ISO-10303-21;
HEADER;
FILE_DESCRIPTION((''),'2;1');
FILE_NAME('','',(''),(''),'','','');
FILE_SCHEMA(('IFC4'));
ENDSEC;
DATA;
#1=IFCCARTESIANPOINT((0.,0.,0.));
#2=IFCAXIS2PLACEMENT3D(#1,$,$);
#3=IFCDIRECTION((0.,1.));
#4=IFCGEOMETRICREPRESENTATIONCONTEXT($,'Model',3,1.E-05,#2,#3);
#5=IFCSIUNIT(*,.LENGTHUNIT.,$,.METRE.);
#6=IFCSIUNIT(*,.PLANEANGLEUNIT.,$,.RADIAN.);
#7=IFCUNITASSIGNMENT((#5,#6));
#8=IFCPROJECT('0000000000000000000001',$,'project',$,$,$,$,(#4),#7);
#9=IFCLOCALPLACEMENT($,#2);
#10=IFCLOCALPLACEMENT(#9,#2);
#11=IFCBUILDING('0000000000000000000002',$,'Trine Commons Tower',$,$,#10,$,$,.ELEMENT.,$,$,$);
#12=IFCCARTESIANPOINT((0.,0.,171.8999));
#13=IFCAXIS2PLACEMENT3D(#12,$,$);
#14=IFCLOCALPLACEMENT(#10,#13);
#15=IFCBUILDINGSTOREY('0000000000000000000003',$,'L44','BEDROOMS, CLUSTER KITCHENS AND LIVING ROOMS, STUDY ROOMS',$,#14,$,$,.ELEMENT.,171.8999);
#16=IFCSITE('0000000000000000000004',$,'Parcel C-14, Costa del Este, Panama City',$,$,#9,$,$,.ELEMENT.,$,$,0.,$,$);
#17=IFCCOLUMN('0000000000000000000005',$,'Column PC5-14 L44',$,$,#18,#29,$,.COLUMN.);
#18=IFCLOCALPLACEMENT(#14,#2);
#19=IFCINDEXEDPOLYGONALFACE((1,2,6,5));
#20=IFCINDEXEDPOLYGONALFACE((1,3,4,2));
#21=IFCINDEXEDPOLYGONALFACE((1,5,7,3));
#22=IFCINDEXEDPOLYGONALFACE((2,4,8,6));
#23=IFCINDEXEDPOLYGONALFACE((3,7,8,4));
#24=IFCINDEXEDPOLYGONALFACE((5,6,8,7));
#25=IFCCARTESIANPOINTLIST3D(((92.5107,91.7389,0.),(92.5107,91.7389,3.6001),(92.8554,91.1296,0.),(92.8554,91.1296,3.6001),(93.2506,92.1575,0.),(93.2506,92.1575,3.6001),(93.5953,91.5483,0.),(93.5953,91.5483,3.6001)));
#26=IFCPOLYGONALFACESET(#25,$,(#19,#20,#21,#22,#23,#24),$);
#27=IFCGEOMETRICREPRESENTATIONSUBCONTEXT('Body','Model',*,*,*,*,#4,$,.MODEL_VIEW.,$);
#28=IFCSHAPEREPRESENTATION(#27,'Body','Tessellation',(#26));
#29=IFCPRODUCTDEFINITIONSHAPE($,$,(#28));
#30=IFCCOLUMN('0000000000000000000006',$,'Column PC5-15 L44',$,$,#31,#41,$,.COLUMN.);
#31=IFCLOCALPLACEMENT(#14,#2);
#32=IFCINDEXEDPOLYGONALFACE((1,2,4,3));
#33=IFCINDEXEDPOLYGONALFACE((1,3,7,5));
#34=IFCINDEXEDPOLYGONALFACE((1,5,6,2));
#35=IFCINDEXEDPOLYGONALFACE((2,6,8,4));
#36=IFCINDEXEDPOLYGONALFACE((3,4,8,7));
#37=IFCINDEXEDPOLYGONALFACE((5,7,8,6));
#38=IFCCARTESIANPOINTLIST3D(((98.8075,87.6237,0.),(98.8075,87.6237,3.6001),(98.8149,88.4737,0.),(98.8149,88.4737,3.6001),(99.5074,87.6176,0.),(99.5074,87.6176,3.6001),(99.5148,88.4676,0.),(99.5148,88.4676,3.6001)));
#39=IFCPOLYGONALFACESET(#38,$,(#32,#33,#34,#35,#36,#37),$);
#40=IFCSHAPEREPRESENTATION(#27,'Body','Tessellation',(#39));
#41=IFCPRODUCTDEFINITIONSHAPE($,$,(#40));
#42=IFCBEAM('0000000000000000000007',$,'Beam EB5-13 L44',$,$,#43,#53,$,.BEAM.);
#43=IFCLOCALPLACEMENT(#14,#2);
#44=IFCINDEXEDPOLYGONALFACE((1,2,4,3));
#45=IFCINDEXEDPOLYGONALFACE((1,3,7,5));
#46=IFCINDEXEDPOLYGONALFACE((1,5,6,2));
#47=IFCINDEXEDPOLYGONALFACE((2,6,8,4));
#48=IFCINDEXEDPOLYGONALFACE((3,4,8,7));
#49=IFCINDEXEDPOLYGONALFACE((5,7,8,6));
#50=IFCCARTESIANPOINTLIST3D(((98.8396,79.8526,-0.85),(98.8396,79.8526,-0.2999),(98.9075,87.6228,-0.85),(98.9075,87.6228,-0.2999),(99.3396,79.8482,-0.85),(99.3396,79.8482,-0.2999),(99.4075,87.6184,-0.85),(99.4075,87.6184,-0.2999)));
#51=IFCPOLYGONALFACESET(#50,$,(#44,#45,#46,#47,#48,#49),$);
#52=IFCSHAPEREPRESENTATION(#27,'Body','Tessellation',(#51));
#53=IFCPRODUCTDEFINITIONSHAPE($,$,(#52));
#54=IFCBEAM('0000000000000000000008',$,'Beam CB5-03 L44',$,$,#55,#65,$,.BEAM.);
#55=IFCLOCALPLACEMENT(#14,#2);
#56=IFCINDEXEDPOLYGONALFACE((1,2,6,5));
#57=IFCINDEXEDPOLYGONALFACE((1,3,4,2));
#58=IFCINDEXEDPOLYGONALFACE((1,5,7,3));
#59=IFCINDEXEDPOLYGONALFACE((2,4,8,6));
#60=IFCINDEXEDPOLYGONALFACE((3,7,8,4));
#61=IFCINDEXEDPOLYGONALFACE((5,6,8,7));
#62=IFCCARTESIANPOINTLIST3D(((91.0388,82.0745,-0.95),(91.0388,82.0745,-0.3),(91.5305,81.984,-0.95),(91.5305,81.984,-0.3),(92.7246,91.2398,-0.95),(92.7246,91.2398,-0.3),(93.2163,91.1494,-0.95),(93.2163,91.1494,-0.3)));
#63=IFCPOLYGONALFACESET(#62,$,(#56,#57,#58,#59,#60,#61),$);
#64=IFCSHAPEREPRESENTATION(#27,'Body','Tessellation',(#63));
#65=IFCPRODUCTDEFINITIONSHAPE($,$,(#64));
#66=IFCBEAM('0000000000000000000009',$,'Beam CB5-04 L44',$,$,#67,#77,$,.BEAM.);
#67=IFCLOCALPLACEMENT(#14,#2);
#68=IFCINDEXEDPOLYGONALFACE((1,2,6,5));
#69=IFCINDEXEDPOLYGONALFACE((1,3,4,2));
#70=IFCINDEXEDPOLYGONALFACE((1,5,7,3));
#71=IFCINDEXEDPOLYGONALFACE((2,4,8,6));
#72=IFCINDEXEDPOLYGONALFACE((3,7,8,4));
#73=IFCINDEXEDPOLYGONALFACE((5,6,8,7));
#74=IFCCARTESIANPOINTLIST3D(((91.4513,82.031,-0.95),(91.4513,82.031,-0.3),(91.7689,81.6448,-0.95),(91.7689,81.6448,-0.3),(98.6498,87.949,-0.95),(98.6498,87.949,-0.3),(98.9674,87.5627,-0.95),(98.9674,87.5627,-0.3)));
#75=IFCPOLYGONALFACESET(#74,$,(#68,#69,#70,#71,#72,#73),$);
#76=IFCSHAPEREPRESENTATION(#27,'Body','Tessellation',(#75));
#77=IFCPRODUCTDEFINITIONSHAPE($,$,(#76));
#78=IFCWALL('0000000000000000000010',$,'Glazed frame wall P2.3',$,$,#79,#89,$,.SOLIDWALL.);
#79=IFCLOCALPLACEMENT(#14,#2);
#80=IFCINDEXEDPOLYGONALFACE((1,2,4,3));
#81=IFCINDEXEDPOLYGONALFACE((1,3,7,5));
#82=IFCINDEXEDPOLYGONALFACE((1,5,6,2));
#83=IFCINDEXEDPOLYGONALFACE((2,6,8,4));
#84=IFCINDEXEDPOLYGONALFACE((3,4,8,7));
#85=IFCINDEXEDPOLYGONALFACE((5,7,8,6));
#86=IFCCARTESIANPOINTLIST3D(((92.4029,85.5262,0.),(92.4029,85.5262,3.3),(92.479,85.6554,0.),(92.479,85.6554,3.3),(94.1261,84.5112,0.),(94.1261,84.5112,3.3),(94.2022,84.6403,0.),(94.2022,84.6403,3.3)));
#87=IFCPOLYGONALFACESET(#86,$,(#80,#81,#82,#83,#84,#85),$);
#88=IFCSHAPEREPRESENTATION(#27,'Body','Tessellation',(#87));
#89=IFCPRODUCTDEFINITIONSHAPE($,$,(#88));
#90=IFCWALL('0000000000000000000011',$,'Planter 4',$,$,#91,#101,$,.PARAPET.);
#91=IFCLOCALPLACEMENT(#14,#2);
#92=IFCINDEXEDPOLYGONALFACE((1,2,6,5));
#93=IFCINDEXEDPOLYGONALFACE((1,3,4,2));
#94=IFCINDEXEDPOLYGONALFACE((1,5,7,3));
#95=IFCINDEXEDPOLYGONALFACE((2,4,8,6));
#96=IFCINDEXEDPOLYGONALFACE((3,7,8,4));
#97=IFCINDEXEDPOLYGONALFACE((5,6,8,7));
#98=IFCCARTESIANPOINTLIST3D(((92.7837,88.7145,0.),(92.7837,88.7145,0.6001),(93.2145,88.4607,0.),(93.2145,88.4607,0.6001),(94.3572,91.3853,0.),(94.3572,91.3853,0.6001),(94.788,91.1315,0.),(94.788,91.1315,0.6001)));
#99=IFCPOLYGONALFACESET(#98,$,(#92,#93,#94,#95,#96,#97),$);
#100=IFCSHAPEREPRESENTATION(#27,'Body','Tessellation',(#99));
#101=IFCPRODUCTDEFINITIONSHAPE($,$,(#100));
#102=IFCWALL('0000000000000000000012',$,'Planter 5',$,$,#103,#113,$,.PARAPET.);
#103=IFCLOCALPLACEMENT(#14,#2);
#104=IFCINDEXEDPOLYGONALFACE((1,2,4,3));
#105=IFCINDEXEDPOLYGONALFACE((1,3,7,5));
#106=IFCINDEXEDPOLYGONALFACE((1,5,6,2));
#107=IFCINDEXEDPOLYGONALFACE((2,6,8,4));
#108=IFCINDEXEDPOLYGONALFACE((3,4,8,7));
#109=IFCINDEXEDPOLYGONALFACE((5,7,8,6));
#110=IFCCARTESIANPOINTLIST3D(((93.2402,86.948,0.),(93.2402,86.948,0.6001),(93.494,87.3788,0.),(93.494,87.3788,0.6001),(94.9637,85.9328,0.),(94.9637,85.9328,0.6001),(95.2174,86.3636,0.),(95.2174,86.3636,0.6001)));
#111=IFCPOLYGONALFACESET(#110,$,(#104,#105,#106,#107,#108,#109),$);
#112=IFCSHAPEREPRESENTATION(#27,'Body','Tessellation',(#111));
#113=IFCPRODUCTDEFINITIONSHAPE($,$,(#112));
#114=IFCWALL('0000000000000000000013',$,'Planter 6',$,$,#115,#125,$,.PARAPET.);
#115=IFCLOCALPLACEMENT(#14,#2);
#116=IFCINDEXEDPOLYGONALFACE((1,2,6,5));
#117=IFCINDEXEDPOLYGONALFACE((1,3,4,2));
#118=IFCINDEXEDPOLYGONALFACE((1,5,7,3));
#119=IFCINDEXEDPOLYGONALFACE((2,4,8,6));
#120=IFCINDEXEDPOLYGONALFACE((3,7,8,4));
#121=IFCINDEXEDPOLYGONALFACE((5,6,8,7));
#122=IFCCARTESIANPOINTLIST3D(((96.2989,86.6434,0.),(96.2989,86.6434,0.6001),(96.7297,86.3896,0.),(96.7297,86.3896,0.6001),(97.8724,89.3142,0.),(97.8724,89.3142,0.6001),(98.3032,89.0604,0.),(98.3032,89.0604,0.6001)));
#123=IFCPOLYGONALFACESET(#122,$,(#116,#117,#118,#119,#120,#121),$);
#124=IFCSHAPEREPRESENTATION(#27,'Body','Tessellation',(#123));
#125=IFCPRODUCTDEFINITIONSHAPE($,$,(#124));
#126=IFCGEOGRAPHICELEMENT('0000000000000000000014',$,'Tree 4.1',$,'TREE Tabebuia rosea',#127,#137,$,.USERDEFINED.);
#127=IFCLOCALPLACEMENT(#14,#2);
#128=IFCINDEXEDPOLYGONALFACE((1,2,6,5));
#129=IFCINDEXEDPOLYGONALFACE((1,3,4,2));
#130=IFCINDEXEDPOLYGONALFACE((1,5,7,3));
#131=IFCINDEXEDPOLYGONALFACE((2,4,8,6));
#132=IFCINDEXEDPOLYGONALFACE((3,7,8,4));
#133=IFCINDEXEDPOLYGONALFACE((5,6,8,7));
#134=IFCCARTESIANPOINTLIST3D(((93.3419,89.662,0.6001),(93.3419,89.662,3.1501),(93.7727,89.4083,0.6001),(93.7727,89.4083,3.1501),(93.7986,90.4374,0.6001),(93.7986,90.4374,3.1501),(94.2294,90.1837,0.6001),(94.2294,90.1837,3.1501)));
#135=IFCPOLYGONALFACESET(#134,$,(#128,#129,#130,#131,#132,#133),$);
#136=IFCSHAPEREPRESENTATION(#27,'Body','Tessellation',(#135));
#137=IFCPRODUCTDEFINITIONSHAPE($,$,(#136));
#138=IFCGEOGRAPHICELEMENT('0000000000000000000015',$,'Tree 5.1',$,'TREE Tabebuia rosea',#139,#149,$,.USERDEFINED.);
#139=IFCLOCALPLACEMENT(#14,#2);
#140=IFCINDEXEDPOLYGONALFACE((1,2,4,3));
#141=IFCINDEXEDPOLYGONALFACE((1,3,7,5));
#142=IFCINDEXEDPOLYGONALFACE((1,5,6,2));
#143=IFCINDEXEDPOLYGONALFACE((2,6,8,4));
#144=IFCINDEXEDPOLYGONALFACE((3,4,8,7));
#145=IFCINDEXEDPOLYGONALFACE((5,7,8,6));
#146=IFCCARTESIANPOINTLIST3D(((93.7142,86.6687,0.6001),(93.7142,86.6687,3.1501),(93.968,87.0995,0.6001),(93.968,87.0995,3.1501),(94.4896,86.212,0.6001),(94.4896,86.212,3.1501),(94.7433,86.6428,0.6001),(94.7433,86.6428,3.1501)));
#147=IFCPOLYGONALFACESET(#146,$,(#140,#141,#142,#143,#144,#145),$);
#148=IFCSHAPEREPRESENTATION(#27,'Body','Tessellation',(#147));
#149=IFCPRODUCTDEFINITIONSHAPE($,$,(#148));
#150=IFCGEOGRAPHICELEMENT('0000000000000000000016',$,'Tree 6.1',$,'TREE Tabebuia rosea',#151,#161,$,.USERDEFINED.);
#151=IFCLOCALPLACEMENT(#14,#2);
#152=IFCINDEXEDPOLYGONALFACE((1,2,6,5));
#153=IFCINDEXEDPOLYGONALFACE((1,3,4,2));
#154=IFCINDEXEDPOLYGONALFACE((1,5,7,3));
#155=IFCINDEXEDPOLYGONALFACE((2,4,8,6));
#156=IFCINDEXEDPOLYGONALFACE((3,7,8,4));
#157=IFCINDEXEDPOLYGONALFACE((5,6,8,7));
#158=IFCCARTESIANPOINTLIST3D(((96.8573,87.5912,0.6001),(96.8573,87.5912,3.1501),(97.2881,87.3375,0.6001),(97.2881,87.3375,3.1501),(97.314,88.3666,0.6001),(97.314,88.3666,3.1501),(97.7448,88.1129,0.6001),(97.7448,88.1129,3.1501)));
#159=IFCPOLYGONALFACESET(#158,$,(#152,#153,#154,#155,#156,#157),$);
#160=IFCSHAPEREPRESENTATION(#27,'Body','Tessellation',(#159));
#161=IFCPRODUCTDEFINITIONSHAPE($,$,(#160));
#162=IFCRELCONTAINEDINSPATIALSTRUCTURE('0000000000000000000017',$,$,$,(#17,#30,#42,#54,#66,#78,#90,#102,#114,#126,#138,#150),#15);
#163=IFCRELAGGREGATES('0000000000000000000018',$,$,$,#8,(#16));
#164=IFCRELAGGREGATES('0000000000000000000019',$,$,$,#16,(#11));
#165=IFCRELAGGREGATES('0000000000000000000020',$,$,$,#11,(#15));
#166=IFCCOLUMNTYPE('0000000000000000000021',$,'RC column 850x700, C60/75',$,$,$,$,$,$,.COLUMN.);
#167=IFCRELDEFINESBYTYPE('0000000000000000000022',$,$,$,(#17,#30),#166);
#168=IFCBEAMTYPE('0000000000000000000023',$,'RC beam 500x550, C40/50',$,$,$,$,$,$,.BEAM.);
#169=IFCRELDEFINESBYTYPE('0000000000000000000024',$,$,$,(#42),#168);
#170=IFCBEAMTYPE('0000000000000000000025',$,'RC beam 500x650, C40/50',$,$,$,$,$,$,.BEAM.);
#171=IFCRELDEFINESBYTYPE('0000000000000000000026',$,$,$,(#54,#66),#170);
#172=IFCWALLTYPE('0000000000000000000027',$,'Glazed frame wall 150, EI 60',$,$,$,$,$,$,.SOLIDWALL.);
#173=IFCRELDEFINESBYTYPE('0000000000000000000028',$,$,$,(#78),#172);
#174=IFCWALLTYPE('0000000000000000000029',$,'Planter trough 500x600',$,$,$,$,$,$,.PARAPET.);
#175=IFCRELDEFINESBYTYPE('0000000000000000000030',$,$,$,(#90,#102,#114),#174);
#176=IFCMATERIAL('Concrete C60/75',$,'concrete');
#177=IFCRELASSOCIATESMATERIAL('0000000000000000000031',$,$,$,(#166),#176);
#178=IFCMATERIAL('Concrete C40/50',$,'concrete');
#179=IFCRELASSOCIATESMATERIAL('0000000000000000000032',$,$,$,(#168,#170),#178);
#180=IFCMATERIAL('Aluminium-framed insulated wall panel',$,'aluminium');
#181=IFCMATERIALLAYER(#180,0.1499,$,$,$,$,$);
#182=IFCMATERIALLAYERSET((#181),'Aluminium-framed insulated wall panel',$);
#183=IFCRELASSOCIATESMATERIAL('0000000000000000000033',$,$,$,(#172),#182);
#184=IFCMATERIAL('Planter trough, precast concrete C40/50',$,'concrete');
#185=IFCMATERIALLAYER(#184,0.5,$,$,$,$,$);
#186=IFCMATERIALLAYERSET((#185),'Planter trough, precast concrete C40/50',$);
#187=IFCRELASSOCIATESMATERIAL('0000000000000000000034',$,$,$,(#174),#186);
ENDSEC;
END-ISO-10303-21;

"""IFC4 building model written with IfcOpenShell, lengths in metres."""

from ifc_helpers import new_model, si_unit, direction, frame, frame_2d, origin, origin_2d, place, context, subcontext, project, spatial, polyline, rectangle, outline, extrude, material, layer, layer_set, material_profile, profile_set, type_object, element, save


model = new_model("IFC4")

# Units and contexts
model_context = context("Model", 3, precision=1e-05, world=origin(), true_north=direction((0.0, 1.0)))
body_context = subcontext(model_context, "Body", "Model", "MODEL_VIEW")
ifc_project = project(units=[si_unit("LENGTHUNIT", "METRE"), si_unit("PLANEANGLEUNIT", "RADIAN")], contexts=[model_context])

# Site, building, storey
site_placement = place(None, origin())
site = spatial("IfcSite", under=ifc_project, at=site_placement, Name="Parcel C-14, Costa del Este, Panama City", CompositionType="ELEMENT", RefElevation=0.0)
building_placement = place(site_placement, origin())
building = spatial("IfcBuilding", under=site, at=building_placement, Name="Trine Commons Tower", CompositionType="ELEMENT")
storey_placement = place(building_placement, frame((0.0, 0.0, 171.8999)))
storey = spatial("IfcBuildingStorey", under=building, at=storey_placement, Name="L44", Description="BEDROOMS, CLUSTER KITCHENS AND LIVING ROOMS, STUDY ROOMS", CompositionType="ELEMENT", Elevation=171.8999)

# Columns
ifc_material_1 = material(Name="Concrete C60/75", Category="concrete")
ifc_material_profile_1 = material_profile(ifc_material_1, rectangle(XDim=0.8501, YDim=0.7, at=origin_2d()), Name="RC 850x700")
ifc_profile_set_1 = profile_set([ifc_material_profile_1], Name="Concrete C60/75")
column_type = type_object("IfcColumnType", Name="RC column 850x700, C60/75", PredefinedType="COLUMN", material=ifc_profile_set_1)
for number, where, z_axis, x_axis, name in (
    (1, (93.053, 91.6436, 0.0), (0.0, 0.0, 1.0), (0.870356, 0.492424, 0.0), "Column PC5-14 L44"),
    (2, (99.1611, 88.0457, 0.0), (0.0, 0.0, 1.0), (0.008727, 0.999962, 0.0), "Column PC5-15 L44"),
):
    element("IfcColumn", number, at=place(storey_placement, frame(where, z_axis=z_axis, x_axis=x_axis)), inside=storey, type_object=column_type, Name=name, PredefinedType="COLUMN", context=body_context, shape_type="SweptSolid", body=[
        extrude(rectangle(XDim=0.8501, YDim=0.7, at=origin_2d()), origin(), (0.0, 0.0, 1.0), 3.6001),
    ])

# Beams
ifc_material_2 = material(Name="Concrete C40/50", Category="concrete")
ifc_material_profile_2 = material_profile(ifc_material_2, rectangle(XDim=0.5, YDim=0.55, at=origin_2d()), Name="RC 500x550")
ifc_profile_set_2 = profile_set([ifc_material_profile_2], Name="Concrete C40/50")
beam_type_1 = type_object("IfcBeamType", Name="RC beam 500x550, C40/50", PredefinedType="BEAM", material=ifc_profile_set_2)
beam_1_placement = place(storey_placement, frame((99.1575, 87.6206, -0.575), z_axis=(-0.008734, -0.999962, 0.0), x_axis=(0.999962, -0.008734, 0.0)))
element("IfcBeam", 3, at=beam_1_placement, inside=storey, type_object=beam_type_1, Name="Beam EB5-13 L44", PredefinedType="BEAM", context=body_context, shape_type="SweptSolid", body=[
    extrude(rectangle(XDim=0.5, YDim=0.55, at=origin_2d()), origin(), (0.0, 0.0, 1.0), 7.7705),
])
ifc_material_profile_3 = material_profile(ifc_material_2, rectangle(XDim=0.5, YDim=0.6499, at=origin_2d()), Name="RC 500x650")
ifc_profile_set_3 = profile_set([ifc_material_profile_3], Name="Concrete C40/50")
beam_type_2 = type_object("IfcBeamType", Name="RC beam 500x650, C40/50", PredefinedType="BEAM", material=ifc_profile_set_3)
beam_2_placement = place(storey_placement, frame((92.9705, 91.1946, -0.625), z_axis=(-0.180898, -0.983502, 0.0), x_axis=(0.983502, -0.180898, 0.0)))
element("IfcBeam", 4, at=beam_2_placement, inside=storey, type_object=beam_type_2, Name="Beam CB5-03 L44", PredefinedType="BEAM", context=body_context, shape_type="SweptSolid", body=[
    extrude(rectangle(XDim=0.5, YDim=0.6499, at=origin_2d()), origin(), (0.0, 0.0, 1.0), 9.3191),
])
beam_3_placement = place(storey_placement, frame((98.8086, 87.7559, -0.625), z_axis=(-0.772467, -0.635055, 0.0), x_axis=(0.635055, -0.772467, 0.0)))
element("IfcBeam", 5, at=beam_3_placement, inside=storey, type_object=beam_type_2, Name="Beam CB5-04 L44", PredefinedType="BEAM", context=body_context, shape_type="SweptSolid", body=[
    extrude(rectangle(XDim=0.5, YDim=0.6499, at=origin_2d()), origin(), (0.0, 0.0, 1.0), 9.3188),
])

# Walls
ifc_material_3 = material(Name="Aluminium-framed insulated wall panel", Category="aluminium")
ifc_layer_1 = layer(ifc_material_3, 0.1499)
ifc_layer_set_1 = layer_set([ifc_layer_1], Name="Aluminium-framed insulated wall panel")
wall_type_1 = type_object("IfcWallType", Name="Glazed frame wall 150, EI 60", PredefinedType="SOLIDWALL", material=ifc_layer_set_1)
wall_1_placement = place(storey_placement, frame((92.4409, 85.5908, 0.0), z_axis=(0.0, 0.0, 1.0), x_axis=(0.861633, -0.507532, 0.0)))
element("IfcWall", 6, at=wall_1_placement, inside=storey, type_object=wall_type_1, Name="Glazed frame wall P2.3", PredefinedType="SOLIDWALL", context=body_context, shape_type="SweptSolid", body=[
    extrude(outline(polyline([(0.0, -0.075), (2.0, -0.075), (2.0, 0.075), (0.0, 0.075), (0.0, -0.075)])), origin(), (0.0, 0.0, 1.0), 3.3),
])
ifc_material_4 = material(Name="Planter trough, precast concrete C40/50", Category="concrete")
ifc_layer_2 = layer(ifc_material_4, 0.5)
ifc_layer_set_2 = layer_set([ifc_layer_2], Name="Planter trough, precast concrete C40/50")
wall_type_2 = type_object("IfcWallType", Name="Planter trough 500x600", PredefinedType="PARAPET", material=ifc_layer_set_2)
wall_2_placement = place(storey_placement, frame((94.5725, 91.2583, 0.0), z_axis=(0.0, 0.0, 1.0), x_axis=(-0.507588, -0.8616, 0.0)))
element("IfcWall", 7, at=wall_2_placement, inside=storey, type_object=wall_type_2, Name="Planter 4", PredefinedType="PARAPET", context=body_context, shape_type="SweptSolid", body=[
    extrude(rectangle(XDim=3.0999, YDim=0.5, at=frame_2d((1.5498, 0.0))), origin(), (0.0, 0.0, 1.0), 0.6001),
])
wall_3_placement = place(storey_placement, frame((93.3672, 87.1633, 0.0), z_axis=(0.0, 0.0, 1.0), x_axis=(0.861633, -0.507532, 0.0)))
element("IfcWall", 8, at=wall_3_placement, inside=storey, type_object=wall_type_2, Name="Planter 5", PredefinedType="PARAPET", context=body_context, shape_type="SweptSolid", body=[
    extrude(rectangle(XDim=2.0002, YDim=0.5, at=frame_2d((1.0, 0.0))), origin(), (0.0, 0.0, 1.0), 0.6001),
])
wall_4_placement = place(storey_placement, frame((96.5144, 86.5166, 0.0), z_axis=(0.0, 0.0, 1.0), x_axis=(0.507588, 0.8616, 0.0)))
element("IfcWall", 9, at=wall_4_placement, inside=storey, type_object=wall_type_2, Name="Planter 6", PredefinedType="PARAPET", context=body_context, shape_type="SweptSolid", body=[
    extrude(rectangle(XDim=3.0999, YDim=0.5, at=frame_2d((1.5498, 0.0))), origin(), (0.0, 0.0, 1.0), 0.6001),
])

# Geographic elements
for number, where, z_axis, x_axis, name in (
    (10, (93.7856, 89.9229, 0.6001), (0.0, 0.0, 1.0), (-0.50754, -0.861628, 0.0), "Tree 4.1"),
    (11, (94.2288, 86.6558, 0.6001), (0.0, 0.0, 1.0), (0.861628, -0.50754, 0.0), "Tree 5.1"),
    (12, (97.301, 87.8521, 0.6001), (0.0, 0.0, 1.0), (0.50754, 0.861628, 0.0), "Tree 6.1"),
):
    element("IfcGeographicElement", number, at=place(storey_placement, frame(where, z_axis=z_axis, x_axis=x_axis)), inside=storey, Name=name, ObjectType="TREE Tabebuia rosea", PredefinedType="USERDEFINED", context=body_context, shape_type="SweptSolid", body=[
        extrude(rectangle(XDim=0.8999, YDim=0.5, at=origin_2d()), origin(), (0.0, 0.0, 1.0), 2.55),
    ])

save(model, "model.ifc")
